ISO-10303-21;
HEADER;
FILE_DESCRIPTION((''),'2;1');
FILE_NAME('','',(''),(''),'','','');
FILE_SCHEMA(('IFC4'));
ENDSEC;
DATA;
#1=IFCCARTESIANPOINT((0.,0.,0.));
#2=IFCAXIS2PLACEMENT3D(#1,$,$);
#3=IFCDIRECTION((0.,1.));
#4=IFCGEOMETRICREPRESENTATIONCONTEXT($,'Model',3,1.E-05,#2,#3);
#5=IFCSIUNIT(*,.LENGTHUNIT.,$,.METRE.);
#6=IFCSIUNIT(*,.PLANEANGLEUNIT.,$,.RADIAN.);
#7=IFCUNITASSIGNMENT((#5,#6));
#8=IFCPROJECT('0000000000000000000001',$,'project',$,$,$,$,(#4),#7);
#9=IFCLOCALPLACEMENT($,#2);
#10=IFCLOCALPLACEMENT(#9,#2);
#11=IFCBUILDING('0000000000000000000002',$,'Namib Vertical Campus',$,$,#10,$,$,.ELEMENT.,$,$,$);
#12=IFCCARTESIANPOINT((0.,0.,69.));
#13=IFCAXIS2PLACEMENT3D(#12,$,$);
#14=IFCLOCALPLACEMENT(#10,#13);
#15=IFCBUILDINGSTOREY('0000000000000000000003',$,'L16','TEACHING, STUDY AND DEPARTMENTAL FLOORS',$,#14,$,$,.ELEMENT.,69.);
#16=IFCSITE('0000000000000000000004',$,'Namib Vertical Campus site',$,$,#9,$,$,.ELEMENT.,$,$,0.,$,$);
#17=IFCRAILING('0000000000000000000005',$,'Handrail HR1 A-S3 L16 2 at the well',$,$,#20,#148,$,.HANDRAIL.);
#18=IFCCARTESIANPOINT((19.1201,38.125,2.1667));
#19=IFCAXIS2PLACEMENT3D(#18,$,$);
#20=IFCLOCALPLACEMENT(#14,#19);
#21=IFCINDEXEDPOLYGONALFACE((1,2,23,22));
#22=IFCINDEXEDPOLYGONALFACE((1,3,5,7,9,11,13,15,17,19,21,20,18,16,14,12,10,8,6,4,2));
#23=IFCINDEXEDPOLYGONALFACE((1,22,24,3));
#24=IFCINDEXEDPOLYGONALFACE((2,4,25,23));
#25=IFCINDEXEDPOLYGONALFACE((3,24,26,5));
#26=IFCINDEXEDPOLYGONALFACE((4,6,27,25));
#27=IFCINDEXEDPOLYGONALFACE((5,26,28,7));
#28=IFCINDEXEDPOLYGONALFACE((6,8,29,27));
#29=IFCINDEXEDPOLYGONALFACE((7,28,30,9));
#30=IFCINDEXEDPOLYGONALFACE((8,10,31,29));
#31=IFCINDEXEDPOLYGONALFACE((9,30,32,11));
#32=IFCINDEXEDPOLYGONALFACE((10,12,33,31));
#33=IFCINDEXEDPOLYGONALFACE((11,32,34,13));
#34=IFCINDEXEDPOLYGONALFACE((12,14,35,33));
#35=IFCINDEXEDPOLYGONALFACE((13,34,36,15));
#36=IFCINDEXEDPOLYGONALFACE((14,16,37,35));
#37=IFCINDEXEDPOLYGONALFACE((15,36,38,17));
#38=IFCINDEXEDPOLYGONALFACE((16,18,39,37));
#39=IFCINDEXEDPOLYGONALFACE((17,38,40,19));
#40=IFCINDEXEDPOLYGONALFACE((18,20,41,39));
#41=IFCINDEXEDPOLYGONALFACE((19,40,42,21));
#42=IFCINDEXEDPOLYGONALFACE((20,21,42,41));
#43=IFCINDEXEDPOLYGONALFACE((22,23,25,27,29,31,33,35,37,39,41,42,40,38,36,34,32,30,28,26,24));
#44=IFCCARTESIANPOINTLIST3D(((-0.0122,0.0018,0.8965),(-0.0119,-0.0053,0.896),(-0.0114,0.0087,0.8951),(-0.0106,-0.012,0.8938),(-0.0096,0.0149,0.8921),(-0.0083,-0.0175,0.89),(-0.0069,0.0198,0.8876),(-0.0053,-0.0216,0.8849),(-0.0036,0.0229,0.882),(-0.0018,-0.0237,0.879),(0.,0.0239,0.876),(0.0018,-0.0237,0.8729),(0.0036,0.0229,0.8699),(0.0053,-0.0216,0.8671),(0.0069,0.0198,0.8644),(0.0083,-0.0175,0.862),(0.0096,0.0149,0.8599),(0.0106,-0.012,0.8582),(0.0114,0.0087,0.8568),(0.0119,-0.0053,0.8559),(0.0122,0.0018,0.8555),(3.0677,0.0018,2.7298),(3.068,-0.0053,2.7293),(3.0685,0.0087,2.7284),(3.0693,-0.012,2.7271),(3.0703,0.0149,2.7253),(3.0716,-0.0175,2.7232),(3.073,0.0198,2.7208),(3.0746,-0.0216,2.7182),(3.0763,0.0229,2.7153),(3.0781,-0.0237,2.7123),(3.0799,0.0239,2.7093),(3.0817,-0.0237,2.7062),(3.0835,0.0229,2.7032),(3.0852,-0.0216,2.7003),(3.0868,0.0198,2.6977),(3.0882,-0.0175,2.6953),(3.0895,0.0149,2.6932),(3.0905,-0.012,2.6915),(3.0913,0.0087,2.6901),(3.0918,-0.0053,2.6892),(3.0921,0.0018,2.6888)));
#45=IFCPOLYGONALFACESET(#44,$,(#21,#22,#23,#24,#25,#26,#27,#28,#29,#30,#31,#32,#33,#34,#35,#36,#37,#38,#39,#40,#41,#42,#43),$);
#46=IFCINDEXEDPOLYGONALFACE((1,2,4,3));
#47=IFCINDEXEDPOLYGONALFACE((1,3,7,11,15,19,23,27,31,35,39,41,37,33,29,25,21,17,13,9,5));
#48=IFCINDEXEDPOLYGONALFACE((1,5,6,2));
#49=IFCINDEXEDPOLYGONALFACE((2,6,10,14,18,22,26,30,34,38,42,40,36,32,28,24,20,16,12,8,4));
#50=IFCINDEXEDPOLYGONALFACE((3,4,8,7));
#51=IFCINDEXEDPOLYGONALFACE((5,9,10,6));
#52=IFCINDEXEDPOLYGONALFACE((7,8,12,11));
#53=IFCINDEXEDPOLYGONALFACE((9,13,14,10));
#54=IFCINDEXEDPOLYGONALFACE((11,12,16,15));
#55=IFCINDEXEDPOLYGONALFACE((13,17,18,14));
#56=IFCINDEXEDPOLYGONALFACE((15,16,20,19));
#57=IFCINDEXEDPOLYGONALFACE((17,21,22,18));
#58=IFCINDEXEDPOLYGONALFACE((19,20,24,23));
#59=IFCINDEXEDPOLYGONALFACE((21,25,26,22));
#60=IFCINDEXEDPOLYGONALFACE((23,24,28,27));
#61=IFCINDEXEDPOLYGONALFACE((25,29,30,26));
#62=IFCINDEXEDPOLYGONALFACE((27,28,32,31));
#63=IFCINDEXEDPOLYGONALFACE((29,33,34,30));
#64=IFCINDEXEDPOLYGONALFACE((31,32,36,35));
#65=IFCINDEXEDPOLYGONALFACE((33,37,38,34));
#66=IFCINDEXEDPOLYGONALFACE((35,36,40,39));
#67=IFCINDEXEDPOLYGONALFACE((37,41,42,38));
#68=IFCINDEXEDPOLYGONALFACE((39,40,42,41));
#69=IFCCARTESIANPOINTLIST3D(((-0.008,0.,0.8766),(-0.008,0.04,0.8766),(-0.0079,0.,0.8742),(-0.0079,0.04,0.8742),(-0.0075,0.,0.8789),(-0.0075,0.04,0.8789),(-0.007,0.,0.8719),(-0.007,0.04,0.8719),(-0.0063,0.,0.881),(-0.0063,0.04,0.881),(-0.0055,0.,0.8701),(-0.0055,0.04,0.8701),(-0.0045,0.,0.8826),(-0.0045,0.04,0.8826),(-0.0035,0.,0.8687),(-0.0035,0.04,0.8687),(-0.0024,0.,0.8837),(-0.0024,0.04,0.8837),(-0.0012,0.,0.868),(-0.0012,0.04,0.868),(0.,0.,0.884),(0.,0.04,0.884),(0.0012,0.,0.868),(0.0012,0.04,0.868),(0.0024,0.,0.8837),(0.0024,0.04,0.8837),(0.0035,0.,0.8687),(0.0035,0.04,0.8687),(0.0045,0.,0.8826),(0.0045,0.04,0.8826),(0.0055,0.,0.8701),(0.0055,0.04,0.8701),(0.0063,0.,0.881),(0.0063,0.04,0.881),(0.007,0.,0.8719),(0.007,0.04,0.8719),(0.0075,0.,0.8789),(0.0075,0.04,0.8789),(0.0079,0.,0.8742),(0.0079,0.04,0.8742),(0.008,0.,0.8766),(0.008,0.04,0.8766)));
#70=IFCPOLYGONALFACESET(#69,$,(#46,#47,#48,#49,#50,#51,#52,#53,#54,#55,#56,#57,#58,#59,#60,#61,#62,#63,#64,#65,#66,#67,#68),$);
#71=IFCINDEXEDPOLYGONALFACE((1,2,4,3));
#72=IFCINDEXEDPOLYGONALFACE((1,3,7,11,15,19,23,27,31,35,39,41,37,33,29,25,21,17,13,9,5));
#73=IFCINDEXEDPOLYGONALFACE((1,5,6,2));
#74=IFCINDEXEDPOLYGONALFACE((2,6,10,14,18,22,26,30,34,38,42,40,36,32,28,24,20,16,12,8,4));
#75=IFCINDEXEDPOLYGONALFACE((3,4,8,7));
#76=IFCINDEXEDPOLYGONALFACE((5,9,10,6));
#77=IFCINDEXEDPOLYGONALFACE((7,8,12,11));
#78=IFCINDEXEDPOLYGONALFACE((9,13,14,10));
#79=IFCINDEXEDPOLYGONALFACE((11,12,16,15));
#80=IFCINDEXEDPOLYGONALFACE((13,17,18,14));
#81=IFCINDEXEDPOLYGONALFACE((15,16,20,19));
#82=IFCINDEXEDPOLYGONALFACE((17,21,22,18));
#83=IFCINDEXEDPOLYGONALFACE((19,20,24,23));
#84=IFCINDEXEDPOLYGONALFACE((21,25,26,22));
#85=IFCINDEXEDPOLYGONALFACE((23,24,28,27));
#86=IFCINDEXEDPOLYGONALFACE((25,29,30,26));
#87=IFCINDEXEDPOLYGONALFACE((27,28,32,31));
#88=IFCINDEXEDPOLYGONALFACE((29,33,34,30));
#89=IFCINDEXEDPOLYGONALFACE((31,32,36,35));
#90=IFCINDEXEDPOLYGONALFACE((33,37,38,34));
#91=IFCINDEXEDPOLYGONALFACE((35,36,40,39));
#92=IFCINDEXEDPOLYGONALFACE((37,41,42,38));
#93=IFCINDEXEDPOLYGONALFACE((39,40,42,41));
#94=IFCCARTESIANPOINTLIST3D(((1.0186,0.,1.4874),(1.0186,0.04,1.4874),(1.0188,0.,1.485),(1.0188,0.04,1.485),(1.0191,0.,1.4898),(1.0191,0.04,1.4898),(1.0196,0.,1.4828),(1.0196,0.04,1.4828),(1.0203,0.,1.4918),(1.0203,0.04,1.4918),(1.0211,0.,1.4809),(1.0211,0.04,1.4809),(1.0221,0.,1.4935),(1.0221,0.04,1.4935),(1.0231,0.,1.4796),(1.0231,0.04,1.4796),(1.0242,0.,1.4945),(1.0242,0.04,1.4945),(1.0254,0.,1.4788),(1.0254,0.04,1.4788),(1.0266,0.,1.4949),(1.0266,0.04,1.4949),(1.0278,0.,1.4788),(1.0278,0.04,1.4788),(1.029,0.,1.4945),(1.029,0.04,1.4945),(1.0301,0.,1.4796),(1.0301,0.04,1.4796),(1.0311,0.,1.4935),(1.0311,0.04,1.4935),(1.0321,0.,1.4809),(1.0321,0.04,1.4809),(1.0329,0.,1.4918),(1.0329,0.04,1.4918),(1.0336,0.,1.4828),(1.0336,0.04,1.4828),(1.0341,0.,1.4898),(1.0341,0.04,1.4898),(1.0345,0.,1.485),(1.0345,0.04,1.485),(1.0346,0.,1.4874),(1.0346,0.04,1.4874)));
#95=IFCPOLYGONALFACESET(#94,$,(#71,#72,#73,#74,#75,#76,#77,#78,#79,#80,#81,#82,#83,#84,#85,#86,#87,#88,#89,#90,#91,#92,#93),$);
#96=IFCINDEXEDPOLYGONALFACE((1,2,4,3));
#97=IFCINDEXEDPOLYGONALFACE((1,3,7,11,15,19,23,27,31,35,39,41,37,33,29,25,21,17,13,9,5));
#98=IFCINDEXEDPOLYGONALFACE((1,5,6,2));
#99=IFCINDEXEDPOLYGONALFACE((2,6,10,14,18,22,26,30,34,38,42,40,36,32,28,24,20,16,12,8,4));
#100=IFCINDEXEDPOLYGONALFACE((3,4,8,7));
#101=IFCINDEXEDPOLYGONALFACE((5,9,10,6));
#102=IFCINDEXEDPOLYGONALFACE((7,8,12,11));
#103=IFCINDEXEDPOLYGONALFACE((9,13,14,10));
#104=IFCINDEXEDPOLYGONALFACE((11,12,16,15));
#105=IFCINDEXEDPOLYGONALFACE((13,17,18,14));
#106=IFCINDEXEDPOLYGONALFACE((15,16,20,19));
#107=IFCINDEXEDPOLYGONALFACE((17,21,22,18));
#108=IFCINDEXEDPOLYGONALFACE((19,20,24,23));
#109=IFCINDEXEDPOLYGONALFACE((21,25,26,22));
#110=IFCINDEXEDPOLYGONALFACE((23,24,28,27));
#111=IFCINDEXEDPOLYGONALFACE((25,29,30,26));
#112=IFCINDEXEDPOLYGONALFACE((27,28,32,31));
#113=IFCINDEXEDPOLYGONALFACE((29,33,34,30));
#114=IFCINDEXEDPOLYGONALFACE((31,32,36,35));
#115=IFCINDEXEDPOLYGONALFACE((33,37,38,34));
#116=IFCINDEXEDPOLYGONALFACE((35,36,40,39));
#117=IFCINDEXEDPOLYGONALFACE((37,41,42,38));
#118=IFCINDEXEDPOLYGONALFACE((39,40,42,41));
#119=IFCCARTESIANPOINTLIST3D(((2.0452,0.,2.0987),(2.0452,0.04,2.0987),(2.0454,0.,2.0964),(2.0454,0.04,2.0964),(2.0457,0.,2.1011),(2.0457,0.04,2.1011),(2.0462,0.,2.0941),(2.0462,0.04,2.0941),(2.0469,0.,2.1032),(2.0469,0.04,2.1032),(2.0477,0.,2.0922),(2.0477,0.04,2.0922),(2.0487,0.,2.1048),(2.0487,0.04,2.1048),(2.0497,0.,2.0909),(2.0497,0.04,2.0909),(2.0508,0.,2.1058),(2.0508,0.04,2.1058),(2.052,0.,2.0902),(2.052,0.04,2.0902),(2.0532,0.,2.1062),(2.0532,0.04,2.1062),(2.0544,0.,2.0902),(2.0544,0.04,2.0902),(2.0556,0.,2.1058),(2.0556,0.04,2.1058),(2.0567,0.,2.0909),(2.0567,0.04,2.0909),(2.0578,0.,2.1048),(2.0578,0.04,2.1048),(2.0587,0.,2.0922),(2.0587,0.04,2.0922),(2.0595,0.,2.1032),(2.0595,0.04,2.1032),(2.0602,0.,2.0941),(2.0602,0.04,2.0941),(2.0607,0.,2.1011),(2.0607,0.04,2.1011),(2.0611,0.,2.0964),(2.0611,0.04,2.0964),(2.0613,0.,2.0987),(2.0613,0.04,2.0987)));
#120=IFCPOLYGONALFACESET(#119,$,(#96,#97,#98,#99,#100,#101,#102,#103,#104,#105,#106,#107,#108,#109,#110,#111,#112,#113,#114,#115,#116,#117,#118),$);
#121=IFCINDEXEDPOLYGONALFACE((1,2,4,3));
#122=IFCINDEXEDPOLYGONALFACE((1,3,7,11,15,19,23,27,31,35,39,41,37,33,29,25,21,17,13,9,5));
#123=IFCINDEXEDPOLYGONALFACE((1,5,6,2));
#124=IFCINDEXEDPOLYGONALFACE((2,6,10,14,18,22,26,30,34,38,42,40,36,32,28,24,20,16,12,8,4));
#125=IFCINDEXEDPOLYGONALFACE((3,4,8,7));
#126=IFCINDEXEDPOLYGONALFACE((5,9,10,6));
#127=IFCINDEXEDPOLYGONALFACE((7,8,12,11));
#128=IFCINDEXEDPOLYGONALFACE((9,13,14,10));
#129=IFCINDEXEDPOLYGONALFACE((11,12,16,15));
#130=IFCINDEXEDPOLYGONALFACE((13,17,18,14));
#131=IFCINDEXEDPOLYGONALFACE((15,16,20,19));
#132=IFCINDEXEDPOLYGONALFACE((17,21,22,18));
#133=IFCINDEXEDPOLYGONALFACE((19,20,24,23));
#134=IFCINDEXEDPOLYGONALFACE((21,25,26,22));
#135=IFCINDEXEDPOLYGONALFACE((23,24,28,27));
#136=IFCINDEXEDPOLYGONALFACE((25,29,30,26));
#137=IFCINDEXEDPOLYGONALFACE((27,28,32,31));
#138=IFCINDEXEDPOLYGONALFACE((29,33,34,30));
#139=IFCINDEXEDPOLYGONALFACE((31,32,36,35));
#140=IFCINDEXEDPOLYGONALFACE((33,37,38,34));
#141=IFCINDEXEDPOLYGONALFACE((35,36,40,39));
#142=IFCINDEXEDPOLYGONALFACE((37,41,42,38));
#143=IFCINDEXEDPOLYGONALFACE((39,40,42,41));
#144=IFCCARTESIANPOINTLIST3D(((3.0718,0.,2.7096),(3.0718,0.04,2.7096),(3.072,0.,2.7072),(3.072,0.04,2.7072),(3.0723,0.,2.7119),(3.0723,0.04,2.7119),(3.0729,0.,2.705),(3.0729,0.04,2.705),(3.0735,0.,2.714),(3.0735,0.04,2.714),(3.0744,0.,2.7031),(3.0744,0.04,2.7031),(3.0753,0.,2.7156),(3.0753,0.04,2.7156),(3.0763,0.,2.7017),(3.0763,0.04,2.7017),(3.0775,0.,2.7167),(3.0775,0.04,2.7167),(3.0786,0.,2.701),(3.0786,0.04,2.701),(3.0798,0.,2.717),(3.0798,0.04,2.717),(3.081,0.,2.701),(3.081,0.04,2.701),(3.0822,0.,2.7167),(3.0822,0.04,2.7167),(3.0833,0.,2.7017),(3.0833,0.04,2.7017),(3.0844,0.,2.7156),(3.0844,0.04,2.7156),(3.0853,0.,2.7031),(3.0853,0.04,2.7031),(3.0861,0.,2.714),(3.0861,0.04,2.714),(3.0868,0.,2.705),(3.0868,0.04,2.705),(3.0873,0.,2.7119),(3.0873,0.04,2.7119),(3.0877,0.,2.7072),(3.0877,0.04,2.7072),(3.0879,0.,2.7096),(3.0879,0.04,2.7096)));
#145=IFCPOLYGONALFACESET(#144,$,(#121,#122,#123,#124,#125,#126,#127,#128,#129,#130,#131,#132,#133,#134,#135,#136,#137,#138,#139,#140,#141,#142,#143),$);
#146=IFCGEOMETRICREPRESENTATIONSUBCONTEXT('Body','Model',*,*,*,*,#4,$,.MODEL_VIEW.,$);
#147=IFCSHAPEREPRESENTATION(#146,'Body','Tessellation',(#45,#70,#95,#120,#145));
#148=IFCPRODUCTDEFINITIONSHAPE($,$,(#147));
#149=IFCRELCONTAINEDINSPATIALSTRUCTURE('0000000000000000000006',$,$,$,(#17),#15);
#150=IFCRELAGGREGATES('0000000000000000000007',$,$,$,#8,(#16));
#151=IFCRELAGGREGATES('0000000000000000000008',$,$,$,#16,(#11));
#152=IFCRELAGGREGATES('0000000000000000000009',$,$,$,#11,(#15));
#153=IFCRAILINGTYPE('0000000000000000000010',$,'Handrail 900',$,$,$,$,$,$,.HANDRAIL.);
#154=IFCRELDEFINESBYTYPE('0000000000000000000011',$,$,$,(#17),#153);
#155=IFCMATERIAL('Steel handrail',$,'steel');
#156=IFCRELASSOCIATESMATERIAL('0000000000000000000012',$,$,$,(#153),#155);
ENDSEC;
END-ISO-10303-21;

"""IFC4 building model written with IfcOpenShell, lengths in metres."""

from ifc_helpers import new_model, si_unit, direction, frame, origin, origin_2d, place, context, subcontext, project, spatial, circle, extrude, material, type_object, element, save


model = new_model("IFC4")

# Units and contexts
model_context = context("Model", 3, precision=1e-05, world=origin(), true_north=direction((0.0, 1.0)))
body_context = subcontext(model_context, "Body", "Model", "MODEL_VIEW")
ifc_project = project(units=[si_unit("LENGTHUNIT", "METRE"), si_unit("PLANEANGLEUNIT", "RADIAN")], contexts=[model_context])

# Site, building, storey
site_placement = place(None, origin())
site = spatial("IfcSite", under=ifc_project, at=site_placement, Name="Namib Vertical Campus site", CompositionType="ELEMENT", RefElevation=0.0)
building_placement = place(site_placement, origin())
building = spatial("IfcBuilding", under=site, at=building_placement, Name="Namib Vertical Campus", CompositionType="ELEMENT")
storey_placement = place(building_placement, frame((0.0, 0.0, 69.0)))
storey = spatial("IfcBuildingStorey", under=building, at=storey_placement, Name="L16", Description="TEACHING, STUDY AND DEPARTMENTAL FLOORS", CompositionType="ELEMENT", Elevation=69.0)

# Railing
ifc_material_1 = material(Name="Steel handrail", Category="steel")
railing_type = type_object("IfcRailingType", Name="Handrail 900", PredefinedType="HANDRAIL", material=ifc_material_1)
railing_1_placement = place(storey_placement, frame((19.1201, 38.125, 2.1667)))
element("IfcRailing", 1, at=railing_1_placement, inside=storey, type_object=railing_type, Name="Handrail HR1 A-S3 L16 2 at the well", PredefinedType="HANDRAIL", context=body_context, shape_type="SweptSolid", body=[
    extrude(circle(Radius=0.0239, at=origin_2d()), frame((0.0, 0.0, 0.876), z_axis=(0.859291, 0.0, 0.511487), x_axis=(0.0, 1.0, 0.0)), (0.0, 0.0, 1.0), 3.5842),
    extrude(circle(Radius=0.0081, at=origin_2d()), frame((0.0, 0.0, 0.876), z_axis=(0.0, 1.0, 0.0), x_axis=(0.0, 0.0, 1.0)), (0.0, 0.0, 1.0), 0.04),
    extrude(circle(Radius=0.0081, at=origin_2d()), frame((1.0266, 0.0, 1.4868), z_axis=(0.0, 1.0, 0.0), x_axis=(0.0, 0.0, 1.0)), (0.0, 0.0, 1.0), 0.04),
    extrude(circle(Radius=0.0081, at=origin_2d()), frame((2.0532, 0.0, 2.0981), z_axis=(0.0, 1.0, 0.0), x_axis=(0.0, 0.0, 1.0)), (0.0, 0.0, 1.0), 0.04),
    extrude(circle(Radius=0.0081, at=origin_2d()), frame((3.0798, 0.0, 2.709), z_axis=(0.0, 1.0, 0.0), x_axis=(0.0, 0.0, 1.0)), (0.0, 0.0, 1.0), 0.04),
])

save(model, "model.ifc")
